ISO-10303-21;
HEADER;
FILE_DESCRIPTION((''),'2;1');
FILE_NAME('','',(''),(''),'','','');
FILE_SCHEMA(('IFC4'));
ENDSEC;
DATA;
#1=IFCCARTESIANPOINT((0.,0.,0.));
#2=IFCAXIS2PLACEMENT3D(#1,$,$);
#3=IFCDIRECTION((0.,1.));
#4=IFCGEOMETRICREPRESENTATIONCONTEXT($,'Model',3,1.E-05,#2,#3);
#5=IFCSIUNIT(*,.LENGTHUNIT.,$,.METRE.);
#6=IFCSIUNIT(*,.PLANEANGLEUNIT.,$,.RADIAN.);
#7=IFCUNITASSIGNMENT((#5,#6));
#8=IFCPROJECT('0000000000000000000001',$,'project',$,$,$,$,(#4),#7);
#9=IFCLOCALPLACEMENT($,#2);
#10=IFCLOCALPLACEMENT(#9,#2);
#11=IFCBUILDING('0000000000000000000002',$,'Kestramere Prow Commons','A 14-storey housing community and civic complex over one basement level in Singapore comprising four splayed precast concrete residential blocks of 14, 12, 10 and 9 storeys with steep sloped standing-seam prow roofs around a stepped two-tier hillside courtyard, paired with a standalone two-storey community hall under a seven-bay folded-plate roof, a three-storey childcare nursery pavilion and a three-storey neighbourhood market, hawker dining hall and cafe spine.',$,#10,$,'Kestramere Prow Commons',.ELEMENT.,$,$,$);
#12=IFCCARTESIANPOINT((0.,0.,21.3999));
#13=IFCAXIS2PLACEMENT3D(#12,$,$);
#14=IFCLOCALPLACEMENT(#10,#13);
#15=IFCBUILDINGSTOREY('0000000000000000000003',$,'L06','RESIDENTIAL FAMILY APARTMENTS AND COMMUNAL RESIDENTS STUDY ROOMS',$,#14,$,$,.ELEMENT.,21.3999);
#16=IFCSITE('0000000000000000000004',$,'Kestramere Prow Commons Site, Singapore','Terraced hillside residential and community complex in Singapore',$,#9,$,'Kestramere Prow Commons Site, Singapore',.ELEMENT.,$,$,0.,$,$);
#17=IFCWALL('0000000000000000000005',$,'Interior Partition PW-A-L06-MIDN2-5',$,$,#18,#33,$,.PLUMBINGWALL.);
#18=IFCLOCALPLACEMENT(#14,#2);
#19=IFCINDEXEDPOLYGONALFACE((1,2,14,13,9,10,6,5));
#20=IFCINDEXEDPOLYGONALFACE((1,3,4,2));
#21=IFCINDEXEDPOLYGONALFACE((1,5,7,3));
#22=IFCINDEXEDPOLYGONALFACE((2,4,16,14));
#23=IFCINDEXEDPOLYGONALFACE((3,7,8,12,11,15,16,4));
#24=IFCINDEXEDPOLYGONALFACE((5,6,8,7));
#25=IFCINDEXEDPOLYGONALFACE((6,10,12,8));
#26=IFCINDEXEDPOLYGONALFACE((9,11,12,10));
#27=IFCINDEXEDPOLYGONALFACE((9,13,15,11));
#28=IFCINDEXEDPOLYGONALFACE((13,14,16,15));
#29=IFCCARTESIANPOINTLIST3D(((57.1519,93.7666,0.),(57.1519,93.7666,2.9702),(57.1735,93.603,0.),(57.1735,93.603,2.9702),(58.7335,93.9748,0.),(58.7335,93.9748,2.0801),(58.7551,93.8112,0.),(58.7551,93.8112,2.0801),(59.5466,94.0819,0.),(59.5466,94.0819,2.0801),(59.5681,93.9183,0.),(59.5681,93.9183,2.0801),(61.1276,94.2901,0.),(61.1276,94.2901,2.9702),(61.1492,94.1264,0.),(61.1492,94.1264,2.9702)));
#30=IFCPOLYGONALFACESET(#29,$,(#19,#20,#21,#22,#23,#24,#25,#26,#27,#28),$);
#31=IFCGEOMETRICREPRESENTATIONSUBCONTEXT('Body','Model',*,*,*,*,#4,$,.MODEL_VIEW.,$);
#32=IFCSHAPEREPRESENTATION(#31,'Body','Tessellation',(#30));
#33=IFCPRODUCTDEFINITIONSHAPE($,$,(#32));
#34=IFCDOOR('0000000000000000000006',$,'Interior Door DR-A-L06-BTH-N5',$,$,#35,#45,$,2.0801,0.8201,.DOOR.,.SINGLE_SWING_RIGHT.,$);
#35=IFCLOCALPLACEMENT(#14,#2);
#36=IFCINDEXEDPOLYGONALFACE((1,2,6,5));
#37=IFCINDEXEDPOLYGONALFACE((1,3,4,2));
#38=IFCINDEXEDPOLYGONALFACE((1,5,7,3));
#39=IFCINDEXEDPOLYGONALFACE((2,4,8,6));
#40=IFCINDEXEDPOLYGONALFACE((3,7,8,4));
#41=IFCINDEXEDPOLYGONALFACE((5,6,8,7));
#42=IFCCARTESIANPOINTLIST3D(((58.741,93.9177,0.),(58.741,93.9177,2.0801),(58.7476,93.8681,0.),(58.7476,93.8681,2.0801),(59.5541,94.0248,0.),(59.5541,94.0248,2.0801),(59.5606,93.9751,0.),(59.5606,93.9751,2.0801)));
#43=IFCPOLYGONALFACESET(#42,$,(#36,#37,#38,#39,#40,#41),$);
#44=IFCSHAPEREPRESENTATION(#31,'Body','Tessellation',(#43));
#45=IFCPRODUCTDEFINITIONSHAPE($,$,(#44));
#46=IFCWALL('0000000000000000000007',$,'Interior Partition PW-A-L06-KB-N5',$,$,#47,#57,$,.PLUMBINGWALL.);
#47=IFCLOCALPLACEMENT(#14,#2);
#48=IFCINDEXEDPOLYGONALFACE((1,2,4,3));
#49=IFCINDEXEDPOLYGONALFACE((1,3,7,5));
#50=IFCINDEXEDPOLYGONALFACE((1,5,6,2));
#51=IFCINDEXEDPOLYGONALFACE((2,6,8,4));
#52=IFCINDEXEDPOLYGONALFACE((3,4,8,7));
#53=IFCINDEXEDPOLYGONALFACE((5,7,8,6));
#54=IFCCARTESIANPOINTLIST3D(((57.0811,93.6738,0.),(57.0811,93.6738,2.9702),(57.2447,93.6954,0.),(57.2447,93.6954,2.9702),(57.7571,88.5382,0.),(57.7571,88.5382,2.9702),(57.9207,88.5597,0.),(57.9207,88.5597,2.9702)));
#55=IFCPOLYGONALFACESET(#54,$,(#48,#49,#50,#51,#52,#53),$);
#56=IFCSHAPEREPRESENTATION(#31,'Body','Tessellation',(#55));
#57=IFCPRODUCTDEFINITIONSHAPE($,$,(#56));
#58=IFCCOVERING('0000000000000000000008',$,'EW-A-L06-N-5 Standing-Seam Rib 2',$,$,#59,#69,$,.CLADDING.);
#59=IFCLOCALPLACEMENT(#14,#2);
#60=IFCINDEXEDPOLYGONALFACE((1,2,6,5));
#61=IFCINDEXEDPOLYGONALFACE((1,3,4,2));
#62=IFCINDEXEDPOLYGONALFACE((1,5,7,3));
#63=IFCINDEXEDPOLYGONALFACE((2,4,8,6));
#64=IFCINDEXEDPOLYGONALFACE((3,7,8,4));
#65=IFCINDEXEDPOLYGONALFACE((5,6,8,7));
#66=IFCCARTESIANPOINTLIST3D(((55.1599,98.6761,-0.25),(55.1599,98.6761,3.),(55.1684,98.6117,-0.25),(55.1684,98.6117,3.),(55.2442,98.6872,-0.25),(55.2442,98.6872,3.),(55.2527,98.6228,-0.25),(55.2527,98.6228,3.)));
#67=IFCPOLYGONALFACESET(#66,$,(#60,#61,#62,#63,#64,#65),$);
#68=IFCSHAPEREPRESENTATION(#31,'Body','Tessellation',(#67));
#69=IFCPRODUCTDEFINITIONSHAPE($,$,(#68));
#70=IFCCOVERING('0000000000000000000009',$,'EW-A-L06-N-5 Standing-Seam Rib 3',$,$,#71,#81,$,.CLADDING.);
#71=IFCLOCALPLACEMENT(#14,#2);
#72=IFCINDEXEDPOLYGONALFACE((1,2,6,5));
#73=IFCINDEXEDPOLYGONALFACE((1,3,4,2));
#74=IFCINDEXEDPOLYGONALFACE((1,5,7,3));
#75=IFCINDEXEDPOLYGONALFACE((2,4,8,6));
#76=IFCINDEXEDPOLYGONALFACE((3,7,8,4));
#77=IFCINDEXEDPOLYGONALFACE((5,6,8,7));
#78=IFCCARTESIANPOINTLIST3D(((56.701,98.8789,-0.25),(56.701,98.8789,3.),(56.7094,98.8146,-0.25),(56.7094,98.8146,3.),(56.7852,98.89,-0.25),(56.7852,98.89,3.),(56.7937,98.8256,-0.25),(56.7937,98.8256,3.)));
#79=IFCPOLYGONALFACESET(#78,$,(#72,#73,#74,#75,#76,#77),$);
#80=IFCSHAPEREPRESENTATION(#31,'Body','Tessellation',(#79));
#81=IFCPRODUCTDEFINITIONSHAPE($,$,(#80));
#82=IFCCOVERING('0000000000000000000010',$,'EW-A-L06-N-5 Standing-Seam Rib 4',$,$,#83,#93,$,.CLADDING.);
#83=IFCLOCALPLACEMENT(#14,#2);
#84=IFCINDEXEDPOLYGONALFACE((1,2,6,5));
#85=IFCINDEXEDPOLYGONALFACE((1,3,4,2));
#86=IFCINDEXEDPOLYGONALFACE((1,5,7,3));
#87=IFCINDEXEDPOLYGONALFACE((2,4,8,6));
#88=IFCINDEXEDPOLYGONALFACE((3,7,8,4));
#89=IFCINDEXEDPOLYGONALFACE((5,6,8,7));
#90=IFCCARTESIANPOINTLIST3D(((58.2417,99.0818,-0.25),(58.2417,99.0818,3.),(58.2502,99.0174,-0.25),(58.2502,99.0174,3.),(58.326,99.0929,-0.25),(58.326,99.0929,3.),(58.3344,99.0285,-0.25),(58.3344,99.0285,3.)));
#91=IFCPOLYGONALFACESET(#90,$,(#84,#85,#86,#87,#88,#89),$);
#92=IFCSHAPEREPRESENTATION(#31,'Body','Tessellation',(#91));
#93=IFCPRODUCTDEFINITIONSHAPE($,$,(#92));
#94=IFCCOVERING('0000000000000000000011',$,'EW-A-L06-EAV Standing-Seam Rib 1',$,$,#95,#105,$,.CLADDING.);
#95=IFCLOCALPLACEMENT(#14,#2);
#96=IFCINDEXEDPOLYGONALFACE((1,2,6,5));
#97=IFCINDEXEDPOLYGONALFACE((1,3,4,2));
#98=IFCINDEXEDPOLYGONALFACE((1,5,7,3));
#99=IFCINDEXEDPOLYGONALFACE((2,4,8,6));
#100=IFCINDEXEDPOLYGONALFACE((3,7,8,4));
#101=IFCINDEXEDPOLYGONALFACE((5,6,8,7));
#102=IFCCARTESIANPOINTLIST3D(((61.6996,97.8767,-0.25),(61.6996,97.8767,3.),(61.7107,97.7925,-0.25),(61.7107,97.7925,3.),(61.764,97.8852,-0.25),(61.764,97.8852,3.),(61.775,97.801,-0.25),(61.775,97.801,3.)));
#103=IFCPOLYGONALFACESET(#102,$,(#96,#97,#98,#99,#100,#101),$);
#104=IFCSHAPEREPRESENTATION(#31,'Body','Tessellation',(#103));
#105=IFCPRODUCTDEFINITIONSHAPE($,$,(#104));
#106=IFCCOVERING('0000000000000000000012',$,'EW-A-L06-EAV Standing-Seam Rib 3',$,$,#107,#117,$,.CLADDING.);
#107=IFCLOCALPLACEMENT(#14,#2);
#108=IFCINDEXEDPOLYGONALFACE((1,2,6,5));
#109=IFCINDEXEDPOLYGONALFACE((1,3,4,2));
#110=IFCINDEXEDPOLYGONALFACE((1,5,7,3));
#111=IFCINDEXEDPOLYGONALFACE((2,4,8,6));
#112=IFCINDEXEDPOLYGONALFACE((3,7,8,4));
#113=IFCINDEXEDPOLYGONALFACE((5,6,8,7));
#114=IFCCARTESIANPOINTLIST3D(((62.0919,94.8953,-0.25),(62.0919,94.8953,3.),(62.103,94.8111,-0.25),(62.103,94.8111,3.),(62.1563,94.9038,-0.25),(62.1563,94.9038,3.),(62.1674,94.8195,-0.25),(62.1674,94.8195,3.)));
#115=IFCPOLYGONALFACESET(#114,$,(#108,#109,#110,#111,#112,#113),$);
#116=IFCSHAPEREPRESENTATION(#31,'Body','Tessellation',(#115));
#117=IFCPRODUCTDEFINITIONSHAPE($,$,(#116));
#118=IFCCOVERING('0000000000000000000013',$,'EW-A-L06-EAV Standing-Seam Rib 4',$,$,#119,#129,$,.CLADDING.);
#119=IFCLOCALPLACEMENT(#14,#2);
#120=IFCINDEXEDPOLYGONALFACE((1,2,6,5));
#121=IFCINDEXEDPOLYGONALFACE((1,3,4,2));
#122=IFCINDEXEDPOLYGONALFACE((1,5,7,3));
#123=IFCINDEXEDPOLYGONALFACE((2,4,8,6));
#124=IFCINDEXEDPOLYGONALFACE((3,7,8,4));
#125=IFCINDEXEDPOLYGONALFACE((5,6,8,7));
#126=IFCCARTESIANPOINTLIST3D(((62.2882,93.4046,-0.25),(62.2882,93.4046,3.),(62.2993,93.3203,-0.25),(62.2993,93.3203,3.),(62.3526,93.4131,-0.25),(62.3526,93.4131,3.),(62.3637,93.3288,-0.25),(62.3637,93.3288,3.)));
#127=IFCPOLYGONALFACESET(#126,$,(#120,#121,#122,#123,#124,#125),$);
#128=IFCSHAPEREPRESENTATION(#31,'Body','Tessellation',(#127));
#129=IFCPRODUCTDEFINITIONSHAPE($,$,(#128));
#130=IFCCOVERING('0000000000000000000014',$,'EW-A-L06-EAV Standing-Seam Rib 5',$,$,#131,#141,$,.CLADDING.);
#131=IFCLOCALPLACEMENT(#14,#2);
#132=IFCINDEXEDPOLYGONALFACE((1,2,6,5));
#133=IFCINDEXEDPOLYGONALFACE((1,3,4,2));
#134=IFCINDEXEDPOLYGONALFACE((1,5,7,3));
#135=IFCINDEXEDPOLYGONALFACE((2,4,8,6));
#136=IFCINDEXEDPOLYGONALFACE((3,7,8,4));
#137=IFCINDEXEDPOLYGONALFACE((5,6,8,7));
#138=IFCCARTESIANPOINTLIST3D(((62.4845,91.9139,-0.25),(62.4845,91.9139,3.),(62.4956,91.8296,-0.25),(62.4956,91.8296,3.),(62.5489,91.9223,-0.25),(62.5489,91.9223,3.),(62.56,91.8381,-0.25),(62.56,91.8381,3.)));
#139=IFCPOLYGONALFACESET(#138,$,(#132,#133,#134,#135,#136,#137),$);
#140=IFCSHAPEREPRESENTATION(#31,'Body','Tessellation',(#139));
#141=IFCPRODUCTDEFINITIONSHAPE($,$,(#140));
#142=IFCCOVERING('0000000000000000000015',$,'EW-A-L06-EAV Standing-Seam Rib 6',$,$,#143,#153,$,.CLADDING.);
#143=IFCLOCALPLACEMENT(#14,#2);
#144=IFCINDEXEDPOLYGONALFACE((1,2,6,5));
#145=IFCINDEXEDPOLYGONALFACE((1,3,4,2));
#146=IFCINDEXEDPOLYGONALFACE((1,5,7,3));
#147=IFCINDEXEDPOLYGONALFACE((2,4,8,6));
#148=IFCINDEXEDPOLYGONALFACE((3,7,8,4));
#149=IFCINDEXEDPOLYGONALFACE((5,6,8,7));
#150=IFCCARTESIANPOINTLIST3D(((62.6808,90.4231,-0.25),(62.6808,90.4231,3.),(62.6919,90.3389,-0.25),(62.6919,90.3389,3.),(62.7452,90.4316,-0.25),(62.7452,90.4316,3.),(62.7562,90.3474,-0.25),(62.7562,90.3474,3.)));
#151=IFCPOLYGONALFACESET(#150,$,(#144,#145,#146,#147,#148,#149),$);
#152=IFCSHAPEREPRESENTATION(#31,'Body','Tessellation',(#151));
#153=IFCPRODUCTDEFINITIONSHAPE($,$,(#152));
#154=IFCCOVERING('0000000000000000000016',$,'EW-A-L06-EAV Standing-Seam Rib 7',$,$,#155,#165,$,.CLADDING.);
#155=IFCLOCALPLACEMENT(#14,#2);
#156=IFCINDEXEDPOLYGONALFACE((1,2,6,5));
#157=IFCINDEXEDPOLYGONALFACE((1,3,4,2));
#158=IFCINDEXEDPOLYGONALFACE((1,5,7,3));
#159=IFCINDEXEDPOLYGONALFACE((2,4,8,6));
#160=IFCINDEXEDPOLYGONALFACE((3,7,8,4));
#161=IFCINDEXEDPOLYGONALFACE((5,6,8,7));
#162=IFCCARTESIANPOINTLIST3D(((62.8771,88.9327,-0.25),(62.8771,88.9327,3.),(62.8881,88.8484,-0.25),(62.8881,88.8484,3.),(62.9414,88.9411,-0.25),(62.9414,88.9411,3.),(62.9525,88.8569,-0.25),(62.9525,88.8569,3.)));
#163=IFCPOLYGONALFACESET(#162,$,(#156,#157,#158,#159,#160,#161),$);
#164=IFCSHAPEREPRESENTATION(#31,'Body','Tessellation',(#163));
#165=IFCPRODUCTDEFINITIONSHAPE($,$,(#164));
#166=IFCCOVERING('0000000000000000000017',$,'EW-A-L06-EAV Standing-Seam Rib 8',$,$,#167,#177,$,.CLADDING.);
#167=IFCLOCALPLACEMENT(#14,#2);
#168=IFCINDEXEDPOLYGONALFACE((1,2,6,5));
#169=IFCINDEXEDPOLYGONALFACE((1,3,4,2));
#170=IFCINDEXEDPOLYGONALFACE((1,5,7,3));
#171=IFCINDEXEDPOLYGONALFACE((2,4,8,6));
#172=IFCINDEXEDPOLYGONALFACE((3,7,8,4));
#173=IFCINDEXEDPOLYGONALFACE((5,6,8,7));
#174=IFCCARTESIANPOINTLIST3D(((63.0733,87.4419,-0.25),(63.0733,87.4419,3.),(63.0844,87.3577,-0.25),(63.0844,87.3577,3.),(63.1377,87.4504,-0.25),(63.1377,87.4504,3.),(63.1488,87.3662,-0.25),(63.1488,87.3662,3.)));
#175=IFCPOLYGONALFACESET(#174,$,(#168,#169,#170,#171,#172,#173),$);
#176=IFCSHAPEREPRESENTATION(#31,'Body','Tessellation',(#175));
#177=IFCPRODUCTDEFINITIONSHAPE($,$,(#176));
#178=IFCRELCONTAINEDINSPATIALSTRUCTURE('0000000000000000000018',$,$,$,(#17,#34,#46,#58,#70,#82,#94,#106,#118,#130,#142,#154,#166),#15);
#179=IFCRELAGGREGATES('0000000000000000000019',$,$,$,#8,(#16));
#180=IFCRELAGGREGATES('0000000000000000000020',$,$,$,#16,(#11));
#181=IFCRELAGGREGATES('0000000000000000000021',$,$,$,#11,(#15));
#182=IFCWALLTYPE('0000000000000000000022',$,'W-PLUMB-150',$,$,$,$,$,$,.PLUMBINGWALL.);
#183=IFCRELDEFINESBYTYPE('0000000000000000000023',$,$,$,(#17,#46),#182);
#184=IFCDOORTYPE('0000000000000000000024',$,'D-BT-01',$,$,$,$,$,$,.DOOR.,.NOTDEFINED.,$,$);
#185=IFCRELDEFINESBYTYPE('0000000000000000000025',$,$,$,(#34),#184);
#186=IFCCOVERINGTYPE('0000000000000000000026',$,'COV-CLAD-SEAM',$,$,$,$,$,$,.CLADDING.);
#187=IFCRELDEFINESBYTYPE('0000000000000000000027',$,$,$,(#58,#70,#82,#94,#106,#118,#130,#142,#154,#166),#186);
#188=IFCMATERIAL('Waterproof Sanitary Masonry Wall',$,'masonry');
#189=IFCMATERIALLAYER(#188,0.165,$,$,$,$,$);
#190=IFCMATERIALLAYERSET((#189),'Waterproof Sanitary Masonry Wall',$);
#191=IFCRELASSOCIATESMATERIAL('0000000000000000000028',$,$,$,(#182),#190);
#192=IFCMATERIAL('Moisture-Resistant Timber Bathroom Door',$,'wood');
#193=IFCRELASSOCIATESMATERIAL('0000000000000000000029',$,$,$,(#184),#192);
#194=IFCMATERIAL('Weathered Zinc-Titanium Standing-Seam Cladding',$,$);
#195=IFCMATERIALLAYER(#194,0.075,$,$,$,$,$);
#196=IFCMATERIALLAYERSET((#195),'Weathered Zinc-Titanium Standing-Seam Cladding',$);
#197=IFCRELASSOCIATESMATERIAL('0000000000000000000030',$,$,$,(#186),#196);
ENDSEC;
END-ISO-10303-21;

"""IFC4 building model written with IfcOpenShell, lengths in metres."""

from ifc_helpers import new_model, si_unit, direction, frame, frame_2d, origin, origin_2d, place, context, subcontext, project, spatial, rectangle, extrude, material, layer, layer_set, type_object, element, fill, save


model = new_model("IFC4")

# Units and contexts
model_context = context("Model", 3, precision=1e-05, world=origin(), true_north=direction((0.0, 1.0)))
body_context = subcontext(model_context, "Body", "Model", "MODEL_VIEW")
ifc_project = project(units=[si_unit("LENGTHUNIT", "METRE"), si_unit("PLANEANGLEUNIT", "RADIAN")], contexts=[model_context])

# Site, building, storey
site_placement = place(None, origin())
site = spatial("IfcSite", under=ifc_project, at=site_placement, Name="Kestramere Prow Commons Site, Singapore", Description="Terraced hillside residential and community complex in Singapore", LongName="Kestramere Prow Commons Site, Singapore", CompositionType="ELEMENT", RefElevation=0.0)
building_placement = place(site_placement, origin())
building = spatial("IfcBuilding", under=site, at=building_placement, Name="Kestramere Prow Commons", Description="A 14-storey housing community and civic complex over one basement level in Singapore comprising four splayed precast concrete residential blocks of 14, 12, 10 and 9 storeys with steep sloped standing-seam prow roofs around a stepped two-tier hillside courtyard, paired with a standalone two-storey community hall under a seven-bay folded-plate roof, a three-storey childcare nursery pavilion and a three-storey neighbourhood market, hawker dining hall and cafe spine.", LongName="Kestramere Prow Commons", CompositionType="ELEMENT")
storey_placement = place(building_placement, frame((0.0, 0.0, 21.3999)))
storey = spatial("IfcBuildingStorey", under=building, at=storey_placement, Name="L06", Description="RESIDENTIAL FAMILY APARTMENTS AND COMMUNAL RESIDENTS STUDY ROOMS", CompositionType="ELEMENT", Elevation=21.3999)

# Wall, opening, door
ifc_material_1 = material(Name="Waterproof Sanitary Masonry Wall", Category="masonry")
ifc_layer_1 = layer(ifc_material_1, 0.165)
ifc_layer_set_1 = layer_set([ifc_layer_1], Name="Waterproof Sanitary Masonry Wall")
wall_type_1 = type_object("IfcWallType", Name="W-PLUMB-150", PredefinedType="PLUMBINGWALL", material=ifc_layer_set_1)
wall_1_placement = place(storey_placement, frame((57.1628, 93.6848, 0.0), z_axis=(0.0, 0.0, 1.0), x_axis=(0.991444, 0.130536, 0.0)))
wall_1 = element("IfcWall", 1, at=wall_1_placement, inside=storey, type_object=wall_type_1, Name="Interior Partition PW-A-L06-MIDN2-5", PredefinedType="PLUMBINGWALL", context=body_context, shape_type="SweptSolid", body=[
    extrude(rectangle(XDim=4.01, YDim=0.165, at=frame_2d((2.0049, 0.0))), origin(), (0.0, 0.0, 1.0), 2.9702),
])
opening_1_placement = place(wall_1_placement, frame((1.595, 0.0, 0.0)))
opening_1 = element("IfcOpeningElement", 2, at=opening_1_placement, cuts=wall_1, PredefinedType="OPENING", context=body_context, shape_type="SweptSolid", body=[
    extrude(rectangle(XDim=0.8201, YDim=2.0801, at=frame_2d((0.4102, 1.04))), frame((0.0, 0.0974, 0.0), z_axis=(0.0, -1.0, 0.0), x_axis=(1.0, 0.0, 0.0)), (0.0, 0.0, 1.0), 0.1951),
])
ifc_material_2 = material(Name="Moisture-Resistant Timber Bathroom Door", Category="wood")
door_type_1 = type_object("IfcDoorType", Name="D-BT-01", OperationType="NOTDEFINED", PredefinedType="DOOR", material=ifc_material_2)
door_1_placement = place(opening_1_placement, origin())
door_1 = element("IfcDoor", 3, at=door_1_placement, inside=storey, type_object=door_type_1, Name="Interior Door DR-A-L06-BTH-N5", OperationType="SINGLE_SWING_RIGHT", OverallHeight=2.0801, OverallWidth=0.8201, PredefinedType="DOOR", context=body_context, shape_type="SweptSolid", body=[
    extrude(rectangle(XDim=0.8201, YDim=2.0801, at=frame_2d((0.4102, 1.04))), frame((0.0, 0.0249, 0.0), z_axis=(0.0, -1.0, 0.0), x_axis=(1.0, 0.0, 0.0)), (0.0, 0.0, 1.0), 0.05),
])
fill(opening_1, door_1)

# Wall
wall_2_placement = place(storey_placement, frame((57.8389, 88.5491, 0.0), z_axis=(0.0, 0.0, 1.0), x_axis=(-0.130506, 0.991448, 0.0)))
element("IfcWall", 4, at=wall_2_placement, inside=storey, type_object=wall_type_1, Name="Interior Partition PW-A-L06-KB-N5", PredefinedType="PLUMBINGWALL", context=body_context, shape_type="SweptSolid", body=[
    extrude(rectangle(XDim=5.1799, YDim=0.165, at=frame_2d((2.5898, 0.0))), origin(), (0.0, 0.0, 1.0), 2.9702),
])

# Coverings
ifc_material_3 = material(Name="Weathered Zinc-Titanium Standing-Seam Cladding")
ifc_layer_2 = layer(ifc_material_3, 0.075)
ifc_layer_set_2 = layer_set([ifc_layer_2], Name="Weathered Zinc-Titanium Standing-Seam Cladding")
covering_type = type_object("IfcCoveringType", Name="COV-CLAD-SEAM", PredefinedType="CLADDING", material=ifc_layer_set_2)
for number, where, z_axis, x_axis, name in (
    (5, (55.2063, 98.6494, -0.25), (0.0, 0.0, 1.0), (0.991445, 0.130526, 0.0), "EW-A-L06-N-5 Standing-Seam Rib 2"),
    (6, (56.7473, 98.8523, -0.25), (0.0, 0.0, 1.0), (0.991445, 0.130526, 0.0), "EW-A-L06-N-5 Standing-Seam Rib 3"),
    (7, (58.2881, 99.0552, -0.25), (0.0, 0.0, 1.0), (0.991445, 0.130526, 0.0), "EW-A-L06-N-5 Standing-Seam Rib 4"),
    (8, (61.7373, 97.8389, -0.25), (0.0, 0.0, 1.0), (0.130526, -0.991445, 0.0), "EW-A-L06-EAV Standing-Seam Rib 1"),
    (9, (62.1296, 94.8574, -0.25), (0.0, 0.0, 1.0), (0.130526, -0.991445, 0.0), "EW-A-L06-EAV Standing-Seam Rib 3"),
    (10, (62.3259, 93.3667, -0.25), (0.0, 0.0, 1.0), (0.130526, -0.991445, 0.0), "EW-A-L06-EAV Standing-Seam Rib 4"),
    (11, (62.5222, 91.876, -0.25), (0.0, 0.0, 1.0), (0.130526, -0.991445, 0.0), "EW-A-L06-EAV Standing-Seam Rib 5"),
    (12, (62.7185, 90.3853, -0.25), (0.0, 0.0, 1.0), (0.130526, -0.991445, 0.0), "EW-A-L06-EAV Standing-Seam Rib 6"),
    (13, (62.9148, 88.8948, -0.25), (0.0, 0.0, 1.0), (0.130526, -0.991445, 0.0), "EW-A-L06-EAV Standing-Seam Rib 7"),
    (14, (63.1111, 87.4041, -0.25), (0.0, 0.0, 1.0), (0.130526, -0.991445, 0.0), "EW-A-L06-EAV Standing-Seam Rib 8"),
):
    element("IfcCovering", number, at=place(storey_placement, frame(where, z_axis=z_axis, x_axis=x_axis)), inside=storey, type_object=covering_type, Name=name, PredefinedType="CLADDING", context=body_context, shape_type="SweptSolid", body=[
        extrude(rectangle(XDim=0.085, YDim=0.0649, at=origin_2d()), origin(), (0.0, 0.0, 1.0), 3.25),
    ])

save(model, "model.ifc")
